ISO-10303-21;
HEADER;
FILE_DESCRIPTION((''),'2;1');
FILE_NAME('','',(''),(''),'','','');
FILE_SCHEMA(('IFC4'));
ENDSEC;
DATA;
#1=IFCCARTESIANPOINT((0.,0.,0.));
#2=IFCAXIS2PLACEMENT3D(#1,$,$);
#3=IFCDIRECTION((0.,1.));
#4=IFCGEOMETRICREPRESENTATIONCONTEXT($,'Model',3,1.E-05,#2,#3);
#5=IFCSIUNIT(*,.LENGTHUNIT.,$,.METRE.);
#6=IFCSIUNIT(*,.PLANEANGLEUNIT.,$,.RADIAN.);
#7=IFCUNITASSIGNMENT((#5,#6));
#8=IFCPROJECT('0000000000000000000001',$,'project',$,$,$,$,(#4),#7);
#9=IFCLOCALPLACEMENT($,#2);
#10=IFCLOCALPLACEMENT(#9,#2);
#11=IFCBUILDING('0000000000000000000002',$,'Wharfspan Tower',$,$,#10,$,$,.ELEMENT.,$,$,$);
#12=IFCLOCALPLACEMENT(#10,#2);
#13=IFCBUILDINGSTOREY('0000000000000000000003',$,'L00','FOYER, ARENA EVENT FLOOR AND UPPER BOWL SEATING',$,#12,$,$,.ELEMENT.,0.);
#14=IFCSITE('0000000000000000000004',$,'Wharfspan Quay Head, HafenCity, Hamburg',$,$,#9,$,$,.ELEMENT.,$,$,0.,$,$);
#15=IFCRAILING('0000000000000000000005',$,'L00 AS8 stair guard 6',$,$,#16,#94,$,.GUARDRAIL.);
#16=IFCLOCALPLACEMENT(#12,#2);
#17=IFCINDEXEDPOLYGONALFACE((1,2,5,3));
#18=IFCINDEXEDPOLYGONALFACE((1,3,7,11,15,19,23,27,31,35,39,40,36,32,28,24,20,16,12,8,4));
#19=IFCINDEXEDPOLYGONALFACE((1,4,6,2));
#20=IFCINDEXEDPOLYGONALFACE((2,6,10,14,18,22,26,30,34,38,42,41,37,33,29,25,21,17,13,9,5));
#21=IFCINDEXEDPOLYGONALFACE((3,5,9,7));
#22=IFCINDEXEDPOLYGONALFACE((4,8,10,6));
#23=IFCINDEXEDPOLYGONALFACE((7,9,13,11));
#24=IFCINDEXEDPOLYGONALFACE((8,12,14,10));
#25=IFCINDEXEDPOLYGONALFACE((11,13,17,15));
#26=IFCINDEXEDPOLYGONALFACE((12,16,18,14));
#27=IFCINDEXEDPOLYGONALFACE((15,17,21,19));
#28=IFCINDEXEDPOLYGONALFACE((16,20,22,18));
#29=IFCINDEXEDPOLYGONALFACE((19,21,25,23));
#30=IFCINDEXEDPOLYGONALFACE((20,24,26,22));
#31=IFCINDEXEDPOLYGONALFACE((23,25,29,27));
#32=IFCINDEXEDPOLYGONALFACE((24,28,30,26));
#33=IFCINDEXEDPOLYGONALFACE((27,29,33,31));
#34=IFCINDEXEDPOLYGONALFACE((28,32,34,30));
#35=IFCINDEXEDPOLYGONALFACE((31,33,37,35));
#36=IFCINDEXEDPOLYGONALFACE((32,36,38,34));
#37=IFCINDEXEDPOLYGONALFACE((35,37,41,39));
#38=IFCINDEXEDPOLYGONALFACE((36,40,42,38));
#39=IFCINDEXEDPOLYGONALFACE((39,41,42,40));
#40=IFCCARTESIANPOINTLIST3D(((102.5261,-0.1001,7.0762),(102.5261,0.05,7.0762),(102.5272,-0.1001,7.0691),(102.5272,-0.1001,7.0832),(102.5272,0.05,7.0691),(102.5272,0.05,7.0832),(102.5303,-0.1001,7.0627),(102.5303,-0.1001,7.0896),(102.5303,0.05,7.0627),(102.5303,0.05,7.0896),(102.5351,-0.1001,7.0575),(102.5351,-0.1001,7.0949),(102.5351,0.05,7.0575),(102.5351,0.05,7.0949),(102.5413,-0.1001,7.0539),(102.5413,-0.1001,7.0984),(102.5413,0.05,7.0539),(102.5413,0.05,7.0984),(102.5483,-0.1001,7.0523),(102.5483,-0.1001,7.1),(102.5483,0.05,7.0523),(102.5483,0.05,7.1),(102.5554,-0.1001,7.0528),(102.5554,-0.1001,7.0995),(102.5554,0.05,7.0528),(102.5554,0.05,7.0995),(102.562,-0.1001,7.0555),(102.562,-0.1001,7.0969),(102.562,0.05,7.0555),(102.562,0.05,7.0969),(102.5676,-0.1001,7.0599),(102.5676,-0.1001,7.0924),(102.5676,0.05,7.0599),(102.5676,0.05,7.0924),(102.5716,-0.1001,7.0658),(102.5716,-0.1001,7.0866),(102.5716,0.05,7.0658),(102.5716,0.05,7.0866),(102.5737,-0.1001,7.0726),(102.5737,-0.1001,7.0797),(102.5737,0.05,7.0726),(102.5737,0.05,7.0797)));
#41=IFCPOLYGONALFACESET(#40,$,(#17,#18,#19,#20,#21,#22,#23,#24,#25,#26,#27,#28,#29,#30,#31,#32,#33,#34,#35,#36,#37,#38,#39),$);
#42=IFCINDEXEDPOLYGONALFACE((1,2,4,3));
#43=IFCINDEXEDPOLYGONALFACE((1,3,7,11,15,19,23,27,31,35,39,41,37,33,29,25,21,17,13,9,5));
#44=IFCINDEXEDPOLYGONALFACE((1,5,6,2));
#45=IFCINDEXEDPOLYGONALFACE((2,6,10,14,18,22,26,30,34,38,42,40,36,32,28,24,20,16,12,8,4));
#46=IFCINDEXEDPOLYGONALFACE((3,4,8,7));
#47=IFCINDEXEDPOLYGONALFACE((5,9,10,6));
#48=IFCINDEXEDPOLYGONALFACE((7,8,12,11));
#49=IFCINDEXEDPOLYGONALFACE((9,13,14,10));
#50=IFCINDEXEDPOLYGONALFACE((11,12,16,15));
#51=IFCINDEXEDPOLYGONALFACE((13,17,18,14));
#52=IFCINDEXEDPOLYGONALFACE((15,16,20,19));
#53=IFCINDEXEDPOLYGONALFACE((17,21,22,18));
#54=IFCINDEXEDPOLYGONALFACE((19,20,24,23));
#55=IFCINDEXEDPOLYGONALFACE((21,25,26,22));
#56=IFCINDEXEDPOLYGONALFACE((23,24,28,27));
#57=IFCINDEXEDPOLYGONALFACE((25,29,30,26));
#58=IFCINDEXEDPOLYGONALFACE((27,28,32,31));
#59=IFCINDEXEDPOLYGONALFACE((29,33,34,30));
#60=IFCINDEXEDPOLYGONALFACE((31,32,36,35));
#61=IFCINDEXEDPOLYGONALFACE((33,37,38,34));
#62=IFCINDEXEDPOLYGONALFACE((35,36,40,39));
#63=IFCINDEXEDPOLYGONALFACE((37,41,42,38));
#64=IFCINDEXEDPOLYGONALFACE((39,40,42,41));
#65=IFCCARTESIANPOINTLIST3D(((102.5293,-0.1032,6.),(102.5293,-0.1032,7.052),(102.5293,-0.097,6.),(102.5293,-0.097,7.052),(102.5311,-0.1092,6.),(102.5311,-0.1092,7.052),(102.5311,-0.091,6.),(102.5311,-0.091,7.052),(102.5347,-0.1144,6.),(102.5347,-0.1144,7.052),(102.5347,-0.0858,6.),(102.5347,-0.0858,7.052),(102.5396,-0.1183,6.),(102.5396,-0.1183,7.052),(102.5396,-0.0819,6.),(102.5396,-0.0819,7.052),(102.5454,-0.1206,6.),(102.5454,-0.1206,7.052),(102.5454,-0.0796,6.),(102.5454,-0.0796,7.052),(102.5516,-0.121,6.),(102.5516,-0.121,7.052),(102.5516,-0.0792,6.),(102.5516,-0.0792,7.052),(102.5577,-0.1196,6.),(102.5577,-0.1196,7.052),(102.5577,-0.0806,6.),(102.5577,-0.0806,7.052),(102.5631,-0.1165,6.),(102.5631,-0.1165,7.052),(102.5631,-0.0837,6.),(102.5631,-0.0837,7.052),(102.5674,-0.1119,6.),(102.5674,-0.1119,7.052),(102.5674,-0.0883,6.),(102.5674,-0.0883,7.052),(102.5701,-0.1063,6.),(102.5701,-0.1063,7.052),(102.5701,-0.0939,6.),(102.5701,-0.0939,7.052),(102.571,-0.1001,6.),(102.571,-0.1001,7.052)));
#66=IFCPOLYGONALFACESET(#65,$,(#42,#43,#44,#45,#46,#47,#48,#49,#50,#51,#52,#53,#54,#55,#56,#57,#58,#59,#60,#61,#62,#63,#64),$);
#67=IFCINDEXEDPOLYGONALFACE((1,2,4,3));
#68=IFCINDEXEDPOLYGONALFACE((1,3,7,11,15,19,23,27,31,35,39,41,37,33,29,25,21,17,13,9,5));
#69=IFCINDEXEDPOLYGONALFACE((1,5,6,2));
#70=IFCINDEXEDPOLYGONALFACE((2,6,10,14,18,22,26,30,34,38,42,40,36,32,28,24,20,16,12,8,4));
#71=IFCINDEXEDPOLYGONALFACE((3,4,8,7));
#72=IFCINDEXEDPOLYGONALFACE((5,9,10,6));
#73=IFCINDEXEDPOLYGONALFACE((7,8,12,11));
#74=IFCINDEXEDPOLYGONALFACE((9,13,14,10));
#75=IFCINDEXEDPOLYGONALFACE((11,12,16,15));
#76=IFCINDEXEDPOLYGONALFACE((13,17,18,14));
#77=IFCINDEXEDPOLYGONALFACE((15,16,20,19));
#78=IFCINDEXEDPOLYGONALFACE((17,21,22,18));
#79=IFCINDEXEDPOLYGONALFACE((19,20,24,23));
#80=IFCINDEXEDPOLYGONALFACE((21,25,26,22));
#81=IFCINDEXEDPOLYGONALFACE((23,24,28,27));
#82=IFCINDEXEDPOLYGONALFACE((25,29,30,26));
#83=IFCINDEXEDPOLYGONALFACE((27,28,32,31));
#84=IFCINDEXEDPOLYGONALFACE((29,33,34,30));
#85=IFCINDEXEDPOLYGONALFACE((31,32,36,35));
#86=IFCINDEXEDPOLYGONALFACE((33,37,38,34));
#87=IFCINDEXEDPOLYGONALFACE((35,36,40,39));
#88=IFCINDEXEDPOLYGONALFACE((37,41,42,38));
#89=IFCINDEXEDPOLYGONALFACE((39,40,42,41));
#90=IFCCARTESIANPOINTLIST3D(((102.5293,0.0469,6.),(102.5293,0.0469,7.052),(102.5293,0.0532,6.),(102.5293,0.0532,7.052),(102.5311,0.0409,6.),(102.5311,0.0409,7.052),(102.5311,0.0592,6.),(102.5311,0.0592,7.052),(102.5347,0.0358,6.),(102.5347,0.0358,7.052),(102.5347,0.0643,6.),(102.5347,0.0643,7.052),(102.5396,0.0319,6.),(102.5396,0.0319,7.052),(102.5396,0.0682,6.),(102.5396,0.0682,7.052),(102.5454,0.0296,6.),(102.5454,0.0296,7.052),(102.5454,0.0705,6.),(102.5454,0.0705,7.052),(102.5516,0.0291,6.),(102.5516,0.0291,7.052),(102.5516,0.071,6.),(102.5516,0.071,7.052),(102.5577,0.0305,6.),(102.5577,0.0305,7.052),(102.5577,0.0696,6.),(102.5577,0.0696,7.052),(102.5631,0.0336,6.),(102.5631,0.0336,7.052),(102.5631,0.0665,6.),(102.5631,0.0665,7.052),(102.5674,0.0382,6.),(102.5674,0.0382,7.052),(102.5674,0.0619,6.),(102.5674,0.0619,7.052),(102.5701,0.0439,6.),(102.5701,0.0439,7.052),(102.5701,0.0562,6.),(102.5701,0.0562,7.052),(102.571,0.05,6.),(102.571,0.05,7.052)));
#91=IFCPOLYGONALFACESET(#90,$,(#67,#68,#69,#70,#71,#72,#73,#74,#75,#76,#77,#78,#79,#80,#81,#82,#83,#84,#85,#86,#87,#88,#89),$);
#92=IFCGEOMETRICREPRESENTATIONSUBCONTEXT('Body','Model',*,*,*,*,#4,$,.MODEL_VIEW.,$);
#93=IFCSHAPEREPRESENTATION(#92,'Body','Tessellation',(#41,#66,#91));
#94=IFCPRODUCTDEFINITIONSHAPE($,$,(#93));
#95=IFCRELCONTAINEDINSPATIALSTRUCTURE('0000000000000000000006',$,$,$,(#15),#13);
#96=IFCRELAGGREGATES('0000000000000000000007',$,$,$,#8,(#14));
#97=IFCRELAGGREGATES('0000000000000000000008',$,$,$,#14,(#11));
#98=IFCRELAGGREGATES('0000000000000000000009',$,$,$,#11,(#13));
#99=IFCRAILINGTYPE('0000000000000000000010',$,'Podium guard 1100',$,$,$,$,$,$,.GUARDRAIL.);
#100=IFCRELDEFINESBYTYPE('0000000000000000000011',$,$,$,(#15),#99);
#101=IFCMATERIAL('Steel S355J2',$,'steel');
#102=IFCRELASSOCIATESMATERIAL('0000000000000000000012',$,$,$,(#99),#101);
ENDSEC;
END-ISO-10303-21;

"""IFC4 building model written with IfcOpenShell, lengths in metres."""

from ifc_helpers import new_model, si_unit, direction, frame, origin, origin_2d, place, context, subcontext, project, spatial, circle, extrude, material, type_object, element, save


model = new_model("IFC4")

# Units and contexts
model_context = context("Model", 3, precision=1e-05, world=origin(), true_north=direction((0.0, 1.0)))
body_context = subcontext(model_context, "Body", "Model", "MODEL_VIEW")
ifc_project = project(units=[si_unit("LENGTHUNIT", "METRE"), si_unit("PLANEANGLEUNIT", "RADIAN")], contexts=[model_context])

# Site, building, storey
site_placement = place(None, origin())
site = spatial("IfcSite", under=ifc_project, at=site_placement, Name="Wharfspan Quay Head, HafenCity, Hamburg", CompositionType="ELEMENT", RefElevation=0.0)
building_placement = place(site_placement, origin())
building = spatial("IfcBuilding", under=site, at=building_placement, Name="Wharfspan Tower", CompositionType="ELEMENT")
storey_placement = place(building_placement, origin())
storey = spatial("IfcBuildingStorey", under=building, at=storey_placement, Name="L00", Description="FOYER, ARENA EVENT FLOOR AND UPPER BOWL SEATING", CompositionType="ELEMENT", Elevation=0.0)

# Shared definitions
ifc_material_1 = material(Name="Steel S355J2", Category="steel")

# Railing
railing_type_1 = type_object("IfcRailingType", Name="Podium guard 1100", PredefinedType="GUARDRAIL", material=ifc_material_1)
railing_1_placement = place(storey_placement, frame((102.55, -0.1001, 6.0)))
element("IfcRailing", 1, at=railing_1_placement, inside=storey, type_object=railing_type_1, Name="L00 AS8 stair guard 6", PredefinedType="GUARDRAIL", context=body_context, shape_type="SweptSolid", body=[
    extrude(circle(Radius=0.0239, at=origin_2d()), frame((0.0, 0.0, 1.0762), z_axis=(0.0, 1.0, 0.0), x_axis=(-1.0, 0.0, 0.0)), (0.0, 0.0, 1.0), 0.1501),
    extrude(circle(Radius=0.021, at=origin_2d()), origin(), (0.0, 0.0, 1.0), 1.052),
    extrude(circle(Radius=0.021, at=origin_2d()), frame((0.0, 0.1501, 0.0)), (0.0, 0.0, 1.0), 1.052),
])

save(model, "model.ifc")
